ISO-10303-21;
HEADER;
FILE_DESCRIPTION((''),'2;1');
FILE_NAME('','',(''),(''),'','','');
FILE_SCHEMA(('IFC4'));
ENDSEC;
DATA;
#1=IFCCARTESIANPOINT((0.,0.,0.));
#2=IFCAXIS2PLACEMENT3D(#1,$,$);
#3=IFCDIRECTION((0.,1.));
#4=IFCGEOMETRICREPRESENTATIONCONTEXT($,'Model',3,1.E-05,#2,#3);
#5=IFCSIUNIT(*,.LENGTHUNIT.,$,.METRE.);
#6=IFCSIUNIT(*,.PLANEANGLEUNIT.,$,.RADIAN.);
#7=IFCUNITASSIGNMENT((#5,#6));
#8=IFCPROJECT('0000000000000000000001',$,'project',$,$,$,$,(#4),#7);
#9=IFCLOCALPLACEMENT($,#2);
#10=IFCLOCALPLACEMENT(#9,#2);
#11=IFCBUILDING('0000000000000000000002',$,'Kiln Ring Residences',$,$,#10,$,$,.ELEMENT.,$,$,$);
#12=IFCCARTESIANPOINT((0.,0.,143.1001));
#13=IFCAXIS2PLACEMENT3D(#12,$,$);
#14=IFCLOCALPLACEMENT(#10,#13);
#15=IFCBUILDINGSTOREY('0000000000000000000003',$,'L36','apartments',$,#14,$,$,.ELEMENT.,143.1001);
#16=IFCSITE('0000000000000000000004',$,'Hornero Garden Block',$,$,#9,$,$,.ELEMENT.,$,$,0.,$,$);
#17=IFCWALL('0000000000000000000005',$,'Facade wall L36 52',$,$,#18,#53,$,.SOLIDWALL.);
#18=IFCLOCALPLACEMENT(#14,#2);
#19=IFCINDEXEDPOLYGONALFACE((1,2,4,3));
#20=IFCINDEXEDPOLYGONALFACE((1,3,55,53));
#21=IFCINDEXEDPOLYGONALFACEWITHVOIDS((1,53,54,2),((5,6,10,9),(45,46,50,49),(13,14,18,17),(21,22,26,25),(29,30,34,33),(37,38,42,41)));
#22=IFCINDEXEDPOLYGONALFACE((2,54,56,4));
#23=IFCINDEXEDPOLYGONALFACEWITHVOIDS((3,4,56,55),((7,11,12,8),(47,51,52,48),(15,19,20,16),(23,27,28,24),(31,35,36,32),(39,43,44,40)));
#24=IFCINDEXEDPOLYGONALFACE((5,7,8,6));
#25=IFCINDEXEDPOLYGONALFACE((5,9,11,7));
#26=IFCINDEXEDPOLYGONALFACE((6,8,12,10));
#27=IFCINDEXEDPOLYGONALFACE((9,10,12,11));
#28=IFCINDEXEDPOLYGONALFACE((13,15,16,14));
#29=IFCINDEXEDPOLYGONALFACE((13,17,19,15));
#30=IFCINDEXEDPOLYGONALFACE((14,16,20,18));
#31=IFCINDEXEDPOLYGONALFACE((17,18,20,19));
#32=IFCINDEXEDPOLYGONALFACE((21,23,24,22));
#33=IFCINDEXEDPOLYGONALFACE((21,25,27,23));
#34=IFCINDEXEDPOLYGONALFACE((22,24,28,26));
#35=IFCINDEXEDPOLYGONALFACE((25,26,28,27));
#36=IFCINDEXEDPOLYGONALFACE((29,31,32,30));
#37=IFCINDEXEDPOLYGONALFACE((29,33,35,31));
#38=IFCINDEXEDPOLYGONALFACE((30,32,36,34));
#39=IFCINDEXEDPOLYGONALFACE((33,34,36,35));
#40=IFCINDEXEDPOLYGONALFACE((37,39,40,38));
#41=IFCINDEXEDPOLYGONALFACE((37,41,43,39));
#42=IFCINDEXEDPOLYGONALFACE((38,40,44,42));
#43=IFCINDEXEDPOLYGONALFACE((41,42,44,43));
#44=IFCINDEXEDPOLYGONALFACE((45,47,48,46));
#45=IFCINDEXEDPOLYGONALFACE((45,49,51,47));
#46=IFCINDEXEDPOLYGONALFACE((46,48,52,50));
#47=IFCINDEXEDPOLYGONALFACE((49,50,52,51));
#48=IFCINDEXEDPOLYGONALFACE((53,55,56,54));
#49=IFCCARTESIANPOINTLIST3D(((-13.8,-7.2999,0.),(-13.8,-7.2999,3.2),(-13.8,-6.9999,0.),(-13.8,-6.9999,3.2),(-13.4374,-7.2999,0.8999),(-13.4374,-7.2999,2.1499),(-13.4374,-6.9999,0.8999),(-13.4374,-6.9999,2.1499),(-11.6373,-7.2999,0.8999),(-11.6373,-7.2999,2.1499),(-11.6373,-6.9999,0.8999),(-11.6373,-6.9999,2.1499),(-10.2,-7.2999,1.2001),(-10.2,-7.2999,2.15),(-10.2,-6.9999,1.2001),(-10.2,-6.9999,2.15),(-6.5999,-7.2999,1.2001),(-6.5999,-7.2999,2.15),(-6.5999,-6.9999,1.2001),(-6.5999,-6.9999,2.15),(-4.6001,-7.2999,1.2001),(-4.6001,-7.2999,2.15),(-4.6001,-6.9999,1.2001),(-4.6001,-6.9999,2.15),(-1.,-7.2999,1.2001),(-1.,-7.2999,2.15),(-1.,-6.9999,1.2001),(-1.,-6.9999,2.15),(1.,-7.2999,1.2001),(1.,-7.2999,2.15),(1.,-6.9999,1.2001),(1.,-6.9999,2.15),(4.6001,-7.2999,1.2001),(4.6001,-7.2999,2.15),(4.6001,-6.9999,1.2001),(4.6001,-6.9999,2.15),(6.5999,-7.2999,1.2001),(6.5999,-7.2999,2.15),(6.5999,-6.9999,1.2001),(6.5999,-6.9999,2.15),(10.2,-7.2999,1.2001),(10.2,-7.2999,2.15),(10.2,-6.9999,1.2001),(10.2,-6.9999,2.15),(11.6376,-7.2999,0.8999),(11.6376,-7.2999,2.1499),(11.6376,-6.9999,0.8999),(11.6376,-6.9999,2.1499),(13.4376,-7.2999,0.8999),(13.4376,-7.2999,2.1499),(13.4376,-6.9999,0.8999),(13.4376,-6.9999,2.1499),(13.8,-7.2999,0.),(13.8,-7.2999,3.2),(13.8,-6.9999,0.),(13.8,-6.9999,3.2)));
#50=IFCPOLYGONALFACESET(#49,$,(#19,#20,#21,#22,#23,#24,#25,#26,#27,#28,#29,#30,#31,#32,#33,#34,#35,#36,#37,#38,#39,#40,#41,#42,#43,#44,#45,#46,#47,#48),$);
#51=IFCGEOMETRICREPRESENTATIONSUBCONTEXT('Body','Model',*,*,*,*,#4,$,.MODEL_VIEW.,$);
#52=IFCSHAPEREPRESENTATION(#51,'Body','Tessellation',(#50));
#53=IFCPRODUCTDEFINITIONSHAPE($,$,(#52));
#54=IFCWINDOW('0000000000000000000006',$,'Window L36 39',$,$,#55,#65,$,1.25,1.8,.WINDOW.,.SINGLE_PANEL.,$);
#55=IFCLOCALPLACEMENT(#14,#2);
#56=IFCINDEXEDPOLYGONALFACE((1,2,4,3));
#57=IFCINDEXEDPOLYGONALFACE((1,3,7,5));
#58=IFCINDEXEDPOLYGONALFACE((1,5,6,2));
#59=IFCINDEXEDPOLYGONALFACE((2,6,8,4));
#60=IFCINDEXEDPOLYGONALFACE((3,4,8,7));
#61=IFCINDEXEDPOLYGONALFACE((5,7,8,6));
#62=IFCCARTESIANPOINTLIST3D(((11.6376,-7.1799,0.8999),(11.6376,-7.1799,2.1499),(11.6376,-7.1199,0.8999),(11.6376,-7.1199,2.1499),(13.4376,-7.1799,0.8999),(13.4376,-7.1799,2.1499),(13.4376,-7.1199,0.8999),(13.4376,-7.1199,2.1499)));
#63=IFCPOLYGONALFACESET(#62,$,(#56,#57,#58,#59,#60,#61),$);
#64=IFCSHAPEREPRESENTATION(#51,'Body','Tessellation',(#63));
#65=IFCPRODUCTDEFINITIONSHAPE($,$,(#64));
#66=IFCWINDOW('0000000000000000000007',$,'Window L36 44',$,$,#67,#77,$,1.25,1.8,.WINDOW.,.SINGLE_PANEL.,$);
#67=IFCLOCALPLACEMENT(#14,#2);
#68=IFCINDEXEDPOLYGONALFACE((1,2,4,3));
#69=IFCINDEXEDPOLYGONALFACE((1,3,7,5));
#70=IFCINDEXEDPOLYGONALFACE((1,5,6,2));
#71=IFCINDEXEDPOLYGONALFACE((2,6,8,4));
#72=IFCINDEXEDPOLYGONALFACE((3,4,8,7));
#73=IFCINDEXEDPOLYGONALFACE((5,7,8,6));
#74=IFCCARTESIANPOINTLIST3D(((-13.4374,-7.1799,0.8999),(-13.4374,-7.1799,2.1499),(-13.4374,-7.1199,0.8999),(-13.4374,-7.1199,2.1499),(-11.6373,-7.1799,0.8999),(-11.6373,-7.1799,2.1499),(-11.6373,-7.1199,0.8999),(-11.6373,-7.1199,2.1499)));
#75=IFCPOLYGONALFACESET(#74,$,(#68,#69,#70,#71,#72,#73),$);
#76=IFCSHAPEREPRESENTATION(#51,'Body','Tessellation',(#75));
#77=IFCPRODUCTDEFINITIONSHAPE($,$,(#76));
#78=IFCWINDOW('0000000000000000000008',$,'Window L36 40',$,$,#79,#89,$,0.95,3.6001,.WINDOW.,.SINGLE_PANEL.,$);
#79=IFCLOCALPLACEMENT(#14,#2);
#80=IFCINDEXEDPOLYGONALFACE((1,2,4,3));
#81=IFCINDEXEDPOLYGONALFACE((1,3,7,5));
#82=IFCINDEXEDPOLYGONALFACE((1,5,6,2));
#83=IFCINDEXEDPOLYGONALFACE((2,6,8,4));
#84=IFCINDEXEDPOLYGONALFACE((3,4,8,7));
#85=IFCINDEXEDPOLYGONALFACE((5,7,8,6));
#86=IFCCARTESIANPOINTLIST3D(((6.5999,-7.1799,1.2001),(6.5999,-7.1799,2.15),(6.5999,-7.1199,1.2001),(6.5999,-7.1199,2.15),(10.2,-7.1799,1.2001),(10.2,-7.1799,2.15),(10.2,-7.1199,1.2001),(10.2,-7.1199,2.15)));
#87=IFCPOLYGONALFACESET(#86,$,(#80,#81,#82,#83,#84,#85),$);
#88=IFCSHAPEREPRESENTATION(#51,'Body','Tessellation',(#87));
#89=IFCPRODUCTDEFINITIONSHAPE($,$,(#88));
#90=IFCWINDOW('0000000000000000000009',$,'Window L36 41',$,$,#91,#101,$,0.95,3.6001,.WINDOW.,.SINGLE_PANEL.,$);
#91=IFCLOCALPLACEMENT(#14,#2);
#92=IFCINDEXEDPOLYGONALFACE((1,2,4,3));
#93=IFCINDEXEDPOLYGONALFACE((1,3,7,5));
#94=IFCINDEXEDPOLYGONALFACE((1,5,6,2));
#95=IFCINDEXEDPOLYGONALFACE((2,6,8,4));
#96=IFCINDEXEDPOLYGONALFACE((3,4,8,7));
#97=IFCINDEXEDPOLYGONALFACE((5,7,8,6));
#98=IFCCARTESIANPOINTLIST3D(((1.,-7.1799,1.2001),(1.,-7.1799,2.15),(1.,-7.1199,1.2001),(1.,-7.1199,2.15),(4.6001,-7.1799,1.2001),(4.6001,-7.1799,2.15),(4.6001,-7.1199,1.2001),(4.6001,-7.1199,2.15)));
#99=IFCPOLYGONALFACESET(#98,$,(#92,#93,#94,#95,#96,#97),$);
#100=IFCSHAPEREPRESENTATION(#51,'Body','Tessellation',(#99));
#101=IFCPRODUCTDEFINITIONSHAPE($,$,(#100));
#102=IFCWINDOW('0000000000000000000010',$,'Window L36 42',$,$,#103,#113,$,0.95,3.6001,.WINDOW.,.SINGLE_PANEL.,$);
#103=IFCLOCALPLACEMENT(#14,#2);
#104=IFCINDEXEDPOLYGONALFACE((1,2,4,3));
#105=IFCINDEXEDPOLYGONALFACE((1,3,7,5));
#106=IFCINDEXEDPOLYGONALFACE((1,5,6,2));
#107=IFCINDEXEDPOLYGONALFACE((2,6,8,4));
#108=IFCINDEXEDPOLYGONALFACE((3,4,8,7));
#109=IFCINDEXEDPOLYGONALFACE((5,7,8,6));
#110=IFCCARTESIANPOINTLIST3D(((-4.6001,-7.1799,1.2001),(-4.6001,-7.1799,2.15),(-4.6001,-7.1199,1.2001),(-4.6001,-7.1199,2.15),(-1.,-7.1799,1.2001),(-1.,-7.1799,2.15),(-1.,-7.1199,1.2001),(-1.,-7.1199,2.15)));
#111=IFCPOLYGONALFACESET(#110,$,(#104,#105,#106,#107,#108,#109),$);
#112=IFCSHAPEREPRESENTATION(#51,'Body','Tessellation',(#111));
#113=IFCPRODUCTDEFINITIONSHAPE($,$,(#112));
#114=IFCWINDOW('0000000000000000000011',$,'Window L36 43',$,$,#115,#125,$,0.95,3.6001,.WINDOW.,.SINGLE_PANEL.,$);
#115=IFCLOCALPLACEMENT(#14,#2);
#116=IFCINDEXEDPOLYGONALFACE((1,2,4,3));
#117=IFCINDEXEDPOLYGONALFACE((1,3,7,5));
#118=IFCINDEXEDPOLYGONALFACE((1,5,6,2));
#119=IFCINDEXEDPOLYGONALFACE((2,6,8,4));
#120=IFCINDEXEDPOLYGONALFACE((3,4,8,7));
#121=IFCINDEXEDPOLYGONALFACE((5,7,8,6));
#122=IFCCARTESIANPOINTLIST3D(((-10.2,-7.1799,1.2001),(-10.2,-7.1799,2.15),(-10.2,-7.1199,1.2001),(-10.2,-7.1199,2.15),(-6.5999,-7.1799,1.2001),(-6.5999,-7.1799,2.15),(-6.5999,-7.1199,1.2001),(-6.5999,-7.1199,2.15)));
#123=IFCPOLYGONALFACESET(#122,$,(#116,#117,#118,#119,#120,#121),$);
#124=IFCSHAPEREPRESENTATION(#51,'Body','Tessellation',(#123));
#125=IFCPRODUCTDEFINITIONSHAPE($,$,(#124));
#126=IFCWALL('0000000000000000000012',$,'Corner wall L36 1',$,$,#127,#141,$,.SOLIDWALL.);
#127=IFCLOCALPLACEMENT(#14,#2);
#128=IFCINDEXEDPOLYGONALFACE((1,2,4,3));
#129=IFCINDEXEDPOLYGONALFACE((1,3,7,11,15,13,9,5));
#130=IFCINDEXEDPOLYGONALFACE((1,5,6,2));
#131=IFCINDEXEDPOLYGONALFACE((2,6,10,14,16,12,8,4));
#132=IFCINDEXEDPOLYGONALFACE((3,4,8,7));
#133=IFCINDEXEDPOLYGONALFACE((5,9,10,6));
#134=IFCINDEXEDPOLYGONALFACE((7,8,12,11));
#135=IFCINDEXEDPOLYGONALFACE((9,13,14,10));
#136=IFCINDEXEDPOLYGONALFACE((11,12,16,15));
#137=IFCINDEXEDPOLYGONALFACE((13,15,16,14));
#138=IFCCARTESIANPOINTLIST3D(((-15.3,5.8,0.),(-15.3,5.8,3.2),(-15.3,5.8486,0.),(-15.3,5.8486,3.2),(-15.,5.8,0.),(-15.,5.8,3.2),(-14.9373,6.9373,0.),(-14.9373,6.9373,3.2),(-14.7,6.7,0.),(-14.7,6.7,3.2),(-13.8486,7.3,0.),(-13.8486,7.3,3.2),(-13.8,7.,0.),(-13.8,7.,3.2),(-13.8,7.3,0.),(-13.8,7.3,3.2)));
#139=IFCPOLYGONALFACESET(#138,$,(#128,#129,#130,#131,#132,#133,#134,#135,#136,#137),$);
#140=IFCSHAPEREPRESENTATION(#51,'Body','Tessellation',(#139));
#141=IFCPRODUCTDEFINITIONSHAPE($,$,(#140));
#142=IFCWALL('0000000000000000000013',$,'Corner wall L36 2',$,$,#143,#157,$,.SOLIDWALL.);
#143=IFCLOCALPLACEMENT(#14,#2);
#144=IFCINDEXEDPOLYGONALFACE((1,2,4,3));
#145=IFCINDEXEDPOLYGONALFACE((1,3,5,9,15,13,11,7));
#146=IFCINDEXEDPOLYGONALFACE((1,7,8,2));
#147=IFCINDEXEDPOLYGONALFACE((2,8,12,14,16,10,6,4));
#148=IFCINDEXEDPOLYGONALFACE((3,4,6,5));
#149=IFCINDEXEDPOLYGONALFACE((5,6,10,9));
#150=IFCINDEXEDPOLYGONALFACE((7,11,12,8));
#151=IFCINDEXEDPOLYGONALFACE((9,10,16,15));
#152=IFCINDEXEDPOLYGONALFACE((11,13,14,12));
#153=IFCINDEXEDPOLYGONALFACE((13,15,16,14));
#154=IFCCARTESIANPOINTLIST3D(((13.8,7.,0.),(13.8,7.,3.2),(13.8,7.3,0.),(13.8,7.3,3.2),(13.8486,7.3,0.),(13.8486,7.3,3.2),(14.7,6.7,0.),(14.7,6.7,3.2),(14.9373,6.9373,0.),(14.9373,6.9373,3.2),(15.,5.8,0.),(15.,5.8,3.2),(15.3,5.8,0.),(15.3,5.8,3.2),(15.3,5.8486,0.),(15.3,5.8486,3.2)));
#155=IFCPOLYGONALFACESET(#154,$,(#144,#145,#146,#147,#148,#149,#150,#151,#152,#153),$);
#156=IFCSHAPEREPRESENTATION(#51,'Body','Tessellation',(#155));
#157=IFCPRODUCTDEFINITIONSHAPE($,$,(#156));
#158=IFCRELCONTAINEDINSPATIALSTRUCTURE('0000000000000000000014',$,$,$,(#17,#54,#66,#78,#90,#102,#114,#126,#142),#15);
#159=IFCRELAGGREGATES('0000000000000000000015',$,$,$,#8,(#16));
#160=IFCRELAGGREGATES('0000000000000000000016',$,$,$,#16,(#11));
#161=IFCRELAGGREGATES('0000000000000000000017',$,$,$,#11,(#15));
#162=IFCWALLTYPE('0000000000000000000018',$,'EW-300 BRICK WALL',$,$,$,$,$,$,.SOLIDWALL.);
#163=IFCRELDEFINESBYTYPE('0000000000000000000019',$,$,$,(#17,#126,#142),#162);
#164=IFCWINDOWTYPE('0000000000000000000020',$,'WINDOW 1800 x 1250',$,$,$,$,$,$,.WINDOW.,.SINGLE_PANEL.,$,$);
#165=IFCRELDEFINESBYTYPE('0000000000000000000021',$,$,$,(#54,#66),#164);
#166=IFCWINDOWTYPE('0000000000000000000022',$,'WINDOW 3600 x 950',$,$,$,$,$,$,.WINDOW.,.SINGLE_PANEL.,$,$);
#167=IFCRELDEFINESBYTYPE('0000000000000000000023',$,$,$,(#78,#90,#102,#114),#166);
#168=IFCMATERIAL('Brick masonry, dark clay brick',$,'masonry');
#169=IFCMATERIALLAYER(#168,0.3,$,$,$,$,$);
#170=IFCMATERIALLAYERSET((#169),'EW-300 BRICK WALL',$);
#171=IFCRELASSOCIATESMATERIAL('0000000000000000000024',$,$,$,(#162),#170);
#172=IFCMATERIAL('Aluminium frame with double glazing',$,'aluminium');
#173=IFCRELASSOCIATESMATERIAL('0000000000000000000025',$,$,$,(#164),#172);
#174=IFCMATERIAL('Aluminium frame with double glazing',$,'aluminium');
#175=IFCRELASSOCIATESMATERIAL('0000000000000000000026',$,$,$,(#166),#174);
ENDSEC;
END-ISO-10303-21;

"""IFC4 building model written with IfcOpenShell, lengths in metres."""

from ifc_helpers import new_model, si_unit, direction, frame, frame_2d, origin, place, context, subcontext, project, spatial, polyline, rectangle, outline, extrude, material, layer, layer_set, type_object, element, fill, save


model = new_model("IFC4")

# Units and contexts
model_context = context("Model", 3, precision=1e-05, world=origin(), true_north=direction((0.0, 1.0)))
body_context = subcontext(model_context, "Body", "Model", "MODEL_VIEW")
ifc_project = project(units=[si_unit("LENGTHUNIT", "METRE"), si_unit("PLANEANGLEUNIT", "RADIAN")], contexts=[model_context])

# Site, building, storey
site_placement = place(None, origin())
site = spatial("IfcSite", under=ifc_project, at=site_placement, Name="Hornero Garden Block", CompositionType="ELEMENT", RefElevation=0.0)
building_placement = place(site_placement, origin())
building = spatial("IfcBuilding", under=site, at=building_placement, Name="Kiln Ring Residences", CompositionType="ELEMENT")
storey_placement = place(building_placement, frame((0.0, 0.0, 143.1001)))
storey = spatial("IfcBuildingStorey", under=building, at=storey_placement, Name="L36", Description="apartments", CompositionType="ELEMENT", Elevation=143.1001)

# Shared definitions
placement_1 = place(storey_placement, origin())

# Wall, openings, windows
ifc_material_1 = material(Name="Brick masonry, dark clay brick", Category="masonry")
ifc_layer_1 = layer(ifc_material_1, 0.3)
ifc_layer_set_1 = layer_set([ifc_layer_1], Name="EW-300 BRICK WALL")
wall_type_1 = type_object("IfcWallType", Name="EW-300 BRICK WALL", PredefinedType="SOLIDWALL", material=ifc_layer_set_1)
wall_1_placement = place(storey_placement, frame((13.8, -7.1499, 0.0), z_axis=(0.0, 0.0, 1.0), x_axis=(-1.0, 0.0, 0.0)))
wall_1 = element("IfcWall", 1, at=wall_1_placement, inside=storey, type_object=wall_type_1, Name="Facade wall L36 52", PredefinedType="SOLIDWALL", context=body_context, shape_type="SweptSolid", body=[
    extrude(rectangle(XDim=27.6001, YDim=0.3, at=frame_2d((13.8, 0.0))), origin(), (0.0, 0.0, 1.0), 3.2),
])
opening_1_placement = place(wall_1_placement, frame((0.3625, 0.0, 0.8999)))
opening_1 = element("IfcOpeningElement", 2, at=opening_1_placement, cuts=wall_1, PredefinedType="OPENING", context=body_context, shape_type="SweptSolid", body=[
    extrude(rectangle(XDim=1.8, YDim=1.25, at=frame_2d((0.8999, 0.625))), frame((0.0, 0.1599, 0.0), z_axis=(0.0, -1.0, 0.0), x_axis=(1.0, 0.0, 0.0)), (0.0, 0.0, 1.0), 0.3201),
])
opening_2_placement = place(wall_1_placement, frame((3.6001, 0.0, 1.2)))
opening_2 = element("IfcOpeningElement", 3, at=opening_2_placement, cuts=wall_1, PredefinedType="OPENING", context=body_context, shape_type="SweptSolid", body=[
    extrude(rectangle(XDim=3.6001, YDim=0.95, at=frame_2d((1.8, 0.4751))), frame((0.0, 0.1599, 0.0), z_axis=(0.0, -1.0, 0.0), x_axis=(1.0, 0.0, 0.0)), (0.0, 0.0, 1.0), 0.3201),
])
opening_3_placement = place(wall_1_placement, frame((9.2, 0.0, 1.2)))
opening_3 = element("IfcOpeningElement", 4, at=opening_3_placement, cuts=wall_1, PredefinedType="OPENING", context=body_context, shape_type="SweptSolid", body=[
    extrude(rectangle(XDim=3.6001, YDim=0.95, at=frame_2d((1.8, 0.4751))), frame((0.0, 0.1599, 0.0), z_axis=(0.0, -1.0, 0.0), x_axis=(1.0, 0.0, 0.0)), (0.0, 0.0, 1.0), 0.3201),
])
opening_4_placement = place(wall_1_placement, frame((14.8, 0.0, 1.2)))
opening_4 = element("IfcOpeningElement", 5, at=opening_4_placement, cuts=wall_1, PredefinedType="OPENING", context=body_context, shape_type="SweptSolid", body=[
    extrude(rectangle(XDim=3.6001, YDim=0.95, at=frame_2d((1.8, 0.4751))), frame((0.0, 0.1599, 0.0), z_axis=(0.0, -1.0, 0.0), x_axis=(1.0, 0.0, 0.0)), (0.0, 0.0, 1.0), 0.3201),
])
opening_5_placement = place(wall_1_placement, frame((20.3999, 0.0, 1.2)))
opening_5 = element("IfcOpeningElement", 6, at=opening_5_placement, cuts=wall_1, PredefinedType="OPENING", context=body_context, shape_type="SweptSolid", body=[
    extrude(rectangle(XDim=3.6001, YDim=0.95, at=frame_2d((1.8, 0.4751))), frame((0.0, 0.1599, 0.0), z_axis=(0.0, -1.0, 0.0), x_axis=(1.0, 0.0, 0.0)), (0.0, 0.0, 1.0), 0.3201),
])
opening_6_placement = place(wall_1_placement, frame((25.4375, 0.0, 0.8999)))
opening_6 = element("IfcOpeningElement", 7, at=opening_6_placement, cuts=wall_1, PredefinedType="OPENING", context=body_context, shape_type="SweptSolid", body=[
    extrude(rectangle(XDim=1.8, YDim=1.25, at=frame_2d((0.8999, 0.625))), frame((0.0, 0.1599, 0.0), z_axis=(0.0, -1.0, 0.0), x_axis=(1.0, 0.0, 0.0)), (0.0, 0.0, 1.0), 0.3201),
])
ifc_material_2 = material(Name="Aluminium frame with double glazing", Category="aluminium")
window_type_1 = type_object("IfcWindowType", Name="WINDOW 1800 x 1250", PartitioningType="SINGLE_PANEL", PredefinedType="WINDOW", material=ifc_material_2)
window_1_placement = place(opening_1_placement, origin())
window_1 = element("IfcWindow", 8, at=window_1_placement, inside=storey, type_object=window_type_1, Name="Window L36 39", OverallHeight=1.25, OverallWidth=1.8, PartitioningType="SINGLE_PANEL", PredefinedType="WINDOW", context=body_context, shape_type="SweptSolid", body=[
    extrude(rectangle(XDim=1.8, YDim=1.25, at=frame_2d((0.8999, 0.625))), frame((0.0, 0.03, 0.0), z_axis=(0.0, -1.0, 0.0), x_axis=(1.0, 0.0, 0.0)), (0.0, 0.0, 1.0), 0.0601),
])
fill(opening_1, window_1)
window_2_placement = place(opening_6_placement, origin())
window_2 = element("IfcWindow", 9, at=window_2_placement, inside=storey, type_object=window_type_1, Name="Window L36 44", OverallHeight=1.25, OverallWidth=1.8, PartitioningType="SINGLE_PANEL", PredefinedType="WINDOW", context=body_context, shape_type="SweptSolid", body=[
    extrude(rectangle(XDim=1.8, YDim=1.25, at=frame_2d((0.8999, 0.625))), frame((0.0, 0.03, 0.0), z_axis=(0.0, -1.0, 0.0), x_axis=(1.0, 0.0, 0.0)), (0.0, 0.0, 1.0), 0.0601),
])
fill(opening_6, window_2)
ifc_material_3 = material(Name="Aluminium frame with double glazing", Category="aluminium")
window_type_2 = type_object("IfcWindowType", Name="WINDOW 3600 x 950", PartitioningType="SINGLE_PANEL", PredefinedType="WINDOW", material=ifc_material_3)
window_3_placement = place(opening_2_placement, origin())
window_3 = element("IfcWindow", 10, at=window_3_placement, inside=storey, type_object=window_type_2, Name="Window L36 40", OverallHeight=0.95, OverallWidth=3.6001, PartitioningType="SINGLE_PANEL", PredefinedType="WINDOW", context=body_context, shape_type="SweptSolid", body=[
    extrude(rectangle(XDim=3.6001, YDim=0.95, at=frame_2d((1.8, 0.4751))), frame((0.0, 0.03, 0.0), z_axis=(0.0, -1.0, 0.0), x_axis=(1.0, 0.0, 0.0)), (0.0, 0.0, 1.0), 0.0601),
])
fill(opening_2, window_3)
window_4_placement = place(opening_3_placement, origin())
window_4 = element("IfcWindow", 11, at=window_4_placement, inside=storey, type_object=window_type_2, Name="Window L36 41", OverallHeight=0.95, OverallWidth=3.6001, PartitioningType="SINGLE_PANEL", PredefinedType="WINDOW", context=body_context, shape_type="SweptSolid", body=[
    extrude(rectangle(XDim=3.6001, YDim=0.95, at=frame_2d((1.8, 0.4751))), frame((0.0, 0.03, 0.0), z_axis=(0.0, -1.0, 0.0), x_axis=(1.0, 0.0, 0.0)), (0.0, 0.0, 1.0), 0.0601),
])
fill(opening_3, window_4)
window_5_placement = place(opening_4_placement, origin())
window_5 = element("IfcWindow", 12, at=window_5_placement, inside=storey, type_object=window_type_2, Name="Window L36 42", OverallHeight=0.95, OverallWidth=3.6001, PartitioningType="SINGLE_PANEL", PredefinedType="WINDOW", context=body_context, shape_type="SweptSolid", body=[
    extrude(rectangle(XDim=3.6001, YDim=0.95, at=frame_2d((1.8, 0.4751))), frame((0.0, 0.03, 0.0), z_axis=(0.0, -1.0, 0.0), x_axis=(1.0, 0.0, 0.0)), (0.0, 0.0, 1.0), 0.0601),
])
fill(opening_4, window_5)
window_6_placement = place(opening_5_placement, origin())
window_6 = element("IfcWindow", 13, at=window_6_placement, inside=storey, type_object=window_type_2, Name="Window L36 43", OverallHeight=0.95, OverallWidth=3.6001, PartitioningType="SINGLE_PANEL", PredefinedType="WINDOW", context=body_context, shape_type="SweptSolid", body=[
    extrude(rectangle(XDim=3.6001, YDim=0.95, at=frame_2d((1.8, 0.4751))), frame((0.0, 0.03, 0.0), z_axis=(0.0, -1.0, 0.0), x_axis=(1.0, 0.0, 0.0)), (0.0, 0.0, 1.0), 0.0601),
])
fill(opening_5, window_6)

# Walls
element("IfcWall", 14, at=placement_1, inside=storey, type_object=wall_type_1, Name="Corner wall L36 1", PredefinedType="SOLIDWALL", context=body_context, shape_type="SweptSolid", body=[
    extrude(outline(polyline([(-13.8486, 7.3), (-14.9373, 6.9373), (-15.3, 5.8486), (-15.3, 5.8), (-15.0, 5.8), (-14.7, 6.7), (-13.8, 7.0), (-13.8, 7.3), (-13.8486, 7.3)])), origin(), (0.0, 0.0, 1.0), 3.2),
])
element("IfcWall", 15, at=placement_1, inside=storey, type_object=wall_type_1, Name="Corner wall L36 2", PredefinedType="SOLIDWALL", context=body_context, shape_type="SweptSolid", body=[
    extrude(outline(polyline([(14.9373, 6.9373), (13.8486, 7.3), (13.8, 7.3), (13.8, 7.0), (14.7, 6.7), (15.0, 5.8), (15.3, 5.8), (15.3, 5.8486), (14.9373, 6.9373)])), origin(), (0.0, 0.0, 1.0), 3.2),
])

save(model, "model.ifc")
